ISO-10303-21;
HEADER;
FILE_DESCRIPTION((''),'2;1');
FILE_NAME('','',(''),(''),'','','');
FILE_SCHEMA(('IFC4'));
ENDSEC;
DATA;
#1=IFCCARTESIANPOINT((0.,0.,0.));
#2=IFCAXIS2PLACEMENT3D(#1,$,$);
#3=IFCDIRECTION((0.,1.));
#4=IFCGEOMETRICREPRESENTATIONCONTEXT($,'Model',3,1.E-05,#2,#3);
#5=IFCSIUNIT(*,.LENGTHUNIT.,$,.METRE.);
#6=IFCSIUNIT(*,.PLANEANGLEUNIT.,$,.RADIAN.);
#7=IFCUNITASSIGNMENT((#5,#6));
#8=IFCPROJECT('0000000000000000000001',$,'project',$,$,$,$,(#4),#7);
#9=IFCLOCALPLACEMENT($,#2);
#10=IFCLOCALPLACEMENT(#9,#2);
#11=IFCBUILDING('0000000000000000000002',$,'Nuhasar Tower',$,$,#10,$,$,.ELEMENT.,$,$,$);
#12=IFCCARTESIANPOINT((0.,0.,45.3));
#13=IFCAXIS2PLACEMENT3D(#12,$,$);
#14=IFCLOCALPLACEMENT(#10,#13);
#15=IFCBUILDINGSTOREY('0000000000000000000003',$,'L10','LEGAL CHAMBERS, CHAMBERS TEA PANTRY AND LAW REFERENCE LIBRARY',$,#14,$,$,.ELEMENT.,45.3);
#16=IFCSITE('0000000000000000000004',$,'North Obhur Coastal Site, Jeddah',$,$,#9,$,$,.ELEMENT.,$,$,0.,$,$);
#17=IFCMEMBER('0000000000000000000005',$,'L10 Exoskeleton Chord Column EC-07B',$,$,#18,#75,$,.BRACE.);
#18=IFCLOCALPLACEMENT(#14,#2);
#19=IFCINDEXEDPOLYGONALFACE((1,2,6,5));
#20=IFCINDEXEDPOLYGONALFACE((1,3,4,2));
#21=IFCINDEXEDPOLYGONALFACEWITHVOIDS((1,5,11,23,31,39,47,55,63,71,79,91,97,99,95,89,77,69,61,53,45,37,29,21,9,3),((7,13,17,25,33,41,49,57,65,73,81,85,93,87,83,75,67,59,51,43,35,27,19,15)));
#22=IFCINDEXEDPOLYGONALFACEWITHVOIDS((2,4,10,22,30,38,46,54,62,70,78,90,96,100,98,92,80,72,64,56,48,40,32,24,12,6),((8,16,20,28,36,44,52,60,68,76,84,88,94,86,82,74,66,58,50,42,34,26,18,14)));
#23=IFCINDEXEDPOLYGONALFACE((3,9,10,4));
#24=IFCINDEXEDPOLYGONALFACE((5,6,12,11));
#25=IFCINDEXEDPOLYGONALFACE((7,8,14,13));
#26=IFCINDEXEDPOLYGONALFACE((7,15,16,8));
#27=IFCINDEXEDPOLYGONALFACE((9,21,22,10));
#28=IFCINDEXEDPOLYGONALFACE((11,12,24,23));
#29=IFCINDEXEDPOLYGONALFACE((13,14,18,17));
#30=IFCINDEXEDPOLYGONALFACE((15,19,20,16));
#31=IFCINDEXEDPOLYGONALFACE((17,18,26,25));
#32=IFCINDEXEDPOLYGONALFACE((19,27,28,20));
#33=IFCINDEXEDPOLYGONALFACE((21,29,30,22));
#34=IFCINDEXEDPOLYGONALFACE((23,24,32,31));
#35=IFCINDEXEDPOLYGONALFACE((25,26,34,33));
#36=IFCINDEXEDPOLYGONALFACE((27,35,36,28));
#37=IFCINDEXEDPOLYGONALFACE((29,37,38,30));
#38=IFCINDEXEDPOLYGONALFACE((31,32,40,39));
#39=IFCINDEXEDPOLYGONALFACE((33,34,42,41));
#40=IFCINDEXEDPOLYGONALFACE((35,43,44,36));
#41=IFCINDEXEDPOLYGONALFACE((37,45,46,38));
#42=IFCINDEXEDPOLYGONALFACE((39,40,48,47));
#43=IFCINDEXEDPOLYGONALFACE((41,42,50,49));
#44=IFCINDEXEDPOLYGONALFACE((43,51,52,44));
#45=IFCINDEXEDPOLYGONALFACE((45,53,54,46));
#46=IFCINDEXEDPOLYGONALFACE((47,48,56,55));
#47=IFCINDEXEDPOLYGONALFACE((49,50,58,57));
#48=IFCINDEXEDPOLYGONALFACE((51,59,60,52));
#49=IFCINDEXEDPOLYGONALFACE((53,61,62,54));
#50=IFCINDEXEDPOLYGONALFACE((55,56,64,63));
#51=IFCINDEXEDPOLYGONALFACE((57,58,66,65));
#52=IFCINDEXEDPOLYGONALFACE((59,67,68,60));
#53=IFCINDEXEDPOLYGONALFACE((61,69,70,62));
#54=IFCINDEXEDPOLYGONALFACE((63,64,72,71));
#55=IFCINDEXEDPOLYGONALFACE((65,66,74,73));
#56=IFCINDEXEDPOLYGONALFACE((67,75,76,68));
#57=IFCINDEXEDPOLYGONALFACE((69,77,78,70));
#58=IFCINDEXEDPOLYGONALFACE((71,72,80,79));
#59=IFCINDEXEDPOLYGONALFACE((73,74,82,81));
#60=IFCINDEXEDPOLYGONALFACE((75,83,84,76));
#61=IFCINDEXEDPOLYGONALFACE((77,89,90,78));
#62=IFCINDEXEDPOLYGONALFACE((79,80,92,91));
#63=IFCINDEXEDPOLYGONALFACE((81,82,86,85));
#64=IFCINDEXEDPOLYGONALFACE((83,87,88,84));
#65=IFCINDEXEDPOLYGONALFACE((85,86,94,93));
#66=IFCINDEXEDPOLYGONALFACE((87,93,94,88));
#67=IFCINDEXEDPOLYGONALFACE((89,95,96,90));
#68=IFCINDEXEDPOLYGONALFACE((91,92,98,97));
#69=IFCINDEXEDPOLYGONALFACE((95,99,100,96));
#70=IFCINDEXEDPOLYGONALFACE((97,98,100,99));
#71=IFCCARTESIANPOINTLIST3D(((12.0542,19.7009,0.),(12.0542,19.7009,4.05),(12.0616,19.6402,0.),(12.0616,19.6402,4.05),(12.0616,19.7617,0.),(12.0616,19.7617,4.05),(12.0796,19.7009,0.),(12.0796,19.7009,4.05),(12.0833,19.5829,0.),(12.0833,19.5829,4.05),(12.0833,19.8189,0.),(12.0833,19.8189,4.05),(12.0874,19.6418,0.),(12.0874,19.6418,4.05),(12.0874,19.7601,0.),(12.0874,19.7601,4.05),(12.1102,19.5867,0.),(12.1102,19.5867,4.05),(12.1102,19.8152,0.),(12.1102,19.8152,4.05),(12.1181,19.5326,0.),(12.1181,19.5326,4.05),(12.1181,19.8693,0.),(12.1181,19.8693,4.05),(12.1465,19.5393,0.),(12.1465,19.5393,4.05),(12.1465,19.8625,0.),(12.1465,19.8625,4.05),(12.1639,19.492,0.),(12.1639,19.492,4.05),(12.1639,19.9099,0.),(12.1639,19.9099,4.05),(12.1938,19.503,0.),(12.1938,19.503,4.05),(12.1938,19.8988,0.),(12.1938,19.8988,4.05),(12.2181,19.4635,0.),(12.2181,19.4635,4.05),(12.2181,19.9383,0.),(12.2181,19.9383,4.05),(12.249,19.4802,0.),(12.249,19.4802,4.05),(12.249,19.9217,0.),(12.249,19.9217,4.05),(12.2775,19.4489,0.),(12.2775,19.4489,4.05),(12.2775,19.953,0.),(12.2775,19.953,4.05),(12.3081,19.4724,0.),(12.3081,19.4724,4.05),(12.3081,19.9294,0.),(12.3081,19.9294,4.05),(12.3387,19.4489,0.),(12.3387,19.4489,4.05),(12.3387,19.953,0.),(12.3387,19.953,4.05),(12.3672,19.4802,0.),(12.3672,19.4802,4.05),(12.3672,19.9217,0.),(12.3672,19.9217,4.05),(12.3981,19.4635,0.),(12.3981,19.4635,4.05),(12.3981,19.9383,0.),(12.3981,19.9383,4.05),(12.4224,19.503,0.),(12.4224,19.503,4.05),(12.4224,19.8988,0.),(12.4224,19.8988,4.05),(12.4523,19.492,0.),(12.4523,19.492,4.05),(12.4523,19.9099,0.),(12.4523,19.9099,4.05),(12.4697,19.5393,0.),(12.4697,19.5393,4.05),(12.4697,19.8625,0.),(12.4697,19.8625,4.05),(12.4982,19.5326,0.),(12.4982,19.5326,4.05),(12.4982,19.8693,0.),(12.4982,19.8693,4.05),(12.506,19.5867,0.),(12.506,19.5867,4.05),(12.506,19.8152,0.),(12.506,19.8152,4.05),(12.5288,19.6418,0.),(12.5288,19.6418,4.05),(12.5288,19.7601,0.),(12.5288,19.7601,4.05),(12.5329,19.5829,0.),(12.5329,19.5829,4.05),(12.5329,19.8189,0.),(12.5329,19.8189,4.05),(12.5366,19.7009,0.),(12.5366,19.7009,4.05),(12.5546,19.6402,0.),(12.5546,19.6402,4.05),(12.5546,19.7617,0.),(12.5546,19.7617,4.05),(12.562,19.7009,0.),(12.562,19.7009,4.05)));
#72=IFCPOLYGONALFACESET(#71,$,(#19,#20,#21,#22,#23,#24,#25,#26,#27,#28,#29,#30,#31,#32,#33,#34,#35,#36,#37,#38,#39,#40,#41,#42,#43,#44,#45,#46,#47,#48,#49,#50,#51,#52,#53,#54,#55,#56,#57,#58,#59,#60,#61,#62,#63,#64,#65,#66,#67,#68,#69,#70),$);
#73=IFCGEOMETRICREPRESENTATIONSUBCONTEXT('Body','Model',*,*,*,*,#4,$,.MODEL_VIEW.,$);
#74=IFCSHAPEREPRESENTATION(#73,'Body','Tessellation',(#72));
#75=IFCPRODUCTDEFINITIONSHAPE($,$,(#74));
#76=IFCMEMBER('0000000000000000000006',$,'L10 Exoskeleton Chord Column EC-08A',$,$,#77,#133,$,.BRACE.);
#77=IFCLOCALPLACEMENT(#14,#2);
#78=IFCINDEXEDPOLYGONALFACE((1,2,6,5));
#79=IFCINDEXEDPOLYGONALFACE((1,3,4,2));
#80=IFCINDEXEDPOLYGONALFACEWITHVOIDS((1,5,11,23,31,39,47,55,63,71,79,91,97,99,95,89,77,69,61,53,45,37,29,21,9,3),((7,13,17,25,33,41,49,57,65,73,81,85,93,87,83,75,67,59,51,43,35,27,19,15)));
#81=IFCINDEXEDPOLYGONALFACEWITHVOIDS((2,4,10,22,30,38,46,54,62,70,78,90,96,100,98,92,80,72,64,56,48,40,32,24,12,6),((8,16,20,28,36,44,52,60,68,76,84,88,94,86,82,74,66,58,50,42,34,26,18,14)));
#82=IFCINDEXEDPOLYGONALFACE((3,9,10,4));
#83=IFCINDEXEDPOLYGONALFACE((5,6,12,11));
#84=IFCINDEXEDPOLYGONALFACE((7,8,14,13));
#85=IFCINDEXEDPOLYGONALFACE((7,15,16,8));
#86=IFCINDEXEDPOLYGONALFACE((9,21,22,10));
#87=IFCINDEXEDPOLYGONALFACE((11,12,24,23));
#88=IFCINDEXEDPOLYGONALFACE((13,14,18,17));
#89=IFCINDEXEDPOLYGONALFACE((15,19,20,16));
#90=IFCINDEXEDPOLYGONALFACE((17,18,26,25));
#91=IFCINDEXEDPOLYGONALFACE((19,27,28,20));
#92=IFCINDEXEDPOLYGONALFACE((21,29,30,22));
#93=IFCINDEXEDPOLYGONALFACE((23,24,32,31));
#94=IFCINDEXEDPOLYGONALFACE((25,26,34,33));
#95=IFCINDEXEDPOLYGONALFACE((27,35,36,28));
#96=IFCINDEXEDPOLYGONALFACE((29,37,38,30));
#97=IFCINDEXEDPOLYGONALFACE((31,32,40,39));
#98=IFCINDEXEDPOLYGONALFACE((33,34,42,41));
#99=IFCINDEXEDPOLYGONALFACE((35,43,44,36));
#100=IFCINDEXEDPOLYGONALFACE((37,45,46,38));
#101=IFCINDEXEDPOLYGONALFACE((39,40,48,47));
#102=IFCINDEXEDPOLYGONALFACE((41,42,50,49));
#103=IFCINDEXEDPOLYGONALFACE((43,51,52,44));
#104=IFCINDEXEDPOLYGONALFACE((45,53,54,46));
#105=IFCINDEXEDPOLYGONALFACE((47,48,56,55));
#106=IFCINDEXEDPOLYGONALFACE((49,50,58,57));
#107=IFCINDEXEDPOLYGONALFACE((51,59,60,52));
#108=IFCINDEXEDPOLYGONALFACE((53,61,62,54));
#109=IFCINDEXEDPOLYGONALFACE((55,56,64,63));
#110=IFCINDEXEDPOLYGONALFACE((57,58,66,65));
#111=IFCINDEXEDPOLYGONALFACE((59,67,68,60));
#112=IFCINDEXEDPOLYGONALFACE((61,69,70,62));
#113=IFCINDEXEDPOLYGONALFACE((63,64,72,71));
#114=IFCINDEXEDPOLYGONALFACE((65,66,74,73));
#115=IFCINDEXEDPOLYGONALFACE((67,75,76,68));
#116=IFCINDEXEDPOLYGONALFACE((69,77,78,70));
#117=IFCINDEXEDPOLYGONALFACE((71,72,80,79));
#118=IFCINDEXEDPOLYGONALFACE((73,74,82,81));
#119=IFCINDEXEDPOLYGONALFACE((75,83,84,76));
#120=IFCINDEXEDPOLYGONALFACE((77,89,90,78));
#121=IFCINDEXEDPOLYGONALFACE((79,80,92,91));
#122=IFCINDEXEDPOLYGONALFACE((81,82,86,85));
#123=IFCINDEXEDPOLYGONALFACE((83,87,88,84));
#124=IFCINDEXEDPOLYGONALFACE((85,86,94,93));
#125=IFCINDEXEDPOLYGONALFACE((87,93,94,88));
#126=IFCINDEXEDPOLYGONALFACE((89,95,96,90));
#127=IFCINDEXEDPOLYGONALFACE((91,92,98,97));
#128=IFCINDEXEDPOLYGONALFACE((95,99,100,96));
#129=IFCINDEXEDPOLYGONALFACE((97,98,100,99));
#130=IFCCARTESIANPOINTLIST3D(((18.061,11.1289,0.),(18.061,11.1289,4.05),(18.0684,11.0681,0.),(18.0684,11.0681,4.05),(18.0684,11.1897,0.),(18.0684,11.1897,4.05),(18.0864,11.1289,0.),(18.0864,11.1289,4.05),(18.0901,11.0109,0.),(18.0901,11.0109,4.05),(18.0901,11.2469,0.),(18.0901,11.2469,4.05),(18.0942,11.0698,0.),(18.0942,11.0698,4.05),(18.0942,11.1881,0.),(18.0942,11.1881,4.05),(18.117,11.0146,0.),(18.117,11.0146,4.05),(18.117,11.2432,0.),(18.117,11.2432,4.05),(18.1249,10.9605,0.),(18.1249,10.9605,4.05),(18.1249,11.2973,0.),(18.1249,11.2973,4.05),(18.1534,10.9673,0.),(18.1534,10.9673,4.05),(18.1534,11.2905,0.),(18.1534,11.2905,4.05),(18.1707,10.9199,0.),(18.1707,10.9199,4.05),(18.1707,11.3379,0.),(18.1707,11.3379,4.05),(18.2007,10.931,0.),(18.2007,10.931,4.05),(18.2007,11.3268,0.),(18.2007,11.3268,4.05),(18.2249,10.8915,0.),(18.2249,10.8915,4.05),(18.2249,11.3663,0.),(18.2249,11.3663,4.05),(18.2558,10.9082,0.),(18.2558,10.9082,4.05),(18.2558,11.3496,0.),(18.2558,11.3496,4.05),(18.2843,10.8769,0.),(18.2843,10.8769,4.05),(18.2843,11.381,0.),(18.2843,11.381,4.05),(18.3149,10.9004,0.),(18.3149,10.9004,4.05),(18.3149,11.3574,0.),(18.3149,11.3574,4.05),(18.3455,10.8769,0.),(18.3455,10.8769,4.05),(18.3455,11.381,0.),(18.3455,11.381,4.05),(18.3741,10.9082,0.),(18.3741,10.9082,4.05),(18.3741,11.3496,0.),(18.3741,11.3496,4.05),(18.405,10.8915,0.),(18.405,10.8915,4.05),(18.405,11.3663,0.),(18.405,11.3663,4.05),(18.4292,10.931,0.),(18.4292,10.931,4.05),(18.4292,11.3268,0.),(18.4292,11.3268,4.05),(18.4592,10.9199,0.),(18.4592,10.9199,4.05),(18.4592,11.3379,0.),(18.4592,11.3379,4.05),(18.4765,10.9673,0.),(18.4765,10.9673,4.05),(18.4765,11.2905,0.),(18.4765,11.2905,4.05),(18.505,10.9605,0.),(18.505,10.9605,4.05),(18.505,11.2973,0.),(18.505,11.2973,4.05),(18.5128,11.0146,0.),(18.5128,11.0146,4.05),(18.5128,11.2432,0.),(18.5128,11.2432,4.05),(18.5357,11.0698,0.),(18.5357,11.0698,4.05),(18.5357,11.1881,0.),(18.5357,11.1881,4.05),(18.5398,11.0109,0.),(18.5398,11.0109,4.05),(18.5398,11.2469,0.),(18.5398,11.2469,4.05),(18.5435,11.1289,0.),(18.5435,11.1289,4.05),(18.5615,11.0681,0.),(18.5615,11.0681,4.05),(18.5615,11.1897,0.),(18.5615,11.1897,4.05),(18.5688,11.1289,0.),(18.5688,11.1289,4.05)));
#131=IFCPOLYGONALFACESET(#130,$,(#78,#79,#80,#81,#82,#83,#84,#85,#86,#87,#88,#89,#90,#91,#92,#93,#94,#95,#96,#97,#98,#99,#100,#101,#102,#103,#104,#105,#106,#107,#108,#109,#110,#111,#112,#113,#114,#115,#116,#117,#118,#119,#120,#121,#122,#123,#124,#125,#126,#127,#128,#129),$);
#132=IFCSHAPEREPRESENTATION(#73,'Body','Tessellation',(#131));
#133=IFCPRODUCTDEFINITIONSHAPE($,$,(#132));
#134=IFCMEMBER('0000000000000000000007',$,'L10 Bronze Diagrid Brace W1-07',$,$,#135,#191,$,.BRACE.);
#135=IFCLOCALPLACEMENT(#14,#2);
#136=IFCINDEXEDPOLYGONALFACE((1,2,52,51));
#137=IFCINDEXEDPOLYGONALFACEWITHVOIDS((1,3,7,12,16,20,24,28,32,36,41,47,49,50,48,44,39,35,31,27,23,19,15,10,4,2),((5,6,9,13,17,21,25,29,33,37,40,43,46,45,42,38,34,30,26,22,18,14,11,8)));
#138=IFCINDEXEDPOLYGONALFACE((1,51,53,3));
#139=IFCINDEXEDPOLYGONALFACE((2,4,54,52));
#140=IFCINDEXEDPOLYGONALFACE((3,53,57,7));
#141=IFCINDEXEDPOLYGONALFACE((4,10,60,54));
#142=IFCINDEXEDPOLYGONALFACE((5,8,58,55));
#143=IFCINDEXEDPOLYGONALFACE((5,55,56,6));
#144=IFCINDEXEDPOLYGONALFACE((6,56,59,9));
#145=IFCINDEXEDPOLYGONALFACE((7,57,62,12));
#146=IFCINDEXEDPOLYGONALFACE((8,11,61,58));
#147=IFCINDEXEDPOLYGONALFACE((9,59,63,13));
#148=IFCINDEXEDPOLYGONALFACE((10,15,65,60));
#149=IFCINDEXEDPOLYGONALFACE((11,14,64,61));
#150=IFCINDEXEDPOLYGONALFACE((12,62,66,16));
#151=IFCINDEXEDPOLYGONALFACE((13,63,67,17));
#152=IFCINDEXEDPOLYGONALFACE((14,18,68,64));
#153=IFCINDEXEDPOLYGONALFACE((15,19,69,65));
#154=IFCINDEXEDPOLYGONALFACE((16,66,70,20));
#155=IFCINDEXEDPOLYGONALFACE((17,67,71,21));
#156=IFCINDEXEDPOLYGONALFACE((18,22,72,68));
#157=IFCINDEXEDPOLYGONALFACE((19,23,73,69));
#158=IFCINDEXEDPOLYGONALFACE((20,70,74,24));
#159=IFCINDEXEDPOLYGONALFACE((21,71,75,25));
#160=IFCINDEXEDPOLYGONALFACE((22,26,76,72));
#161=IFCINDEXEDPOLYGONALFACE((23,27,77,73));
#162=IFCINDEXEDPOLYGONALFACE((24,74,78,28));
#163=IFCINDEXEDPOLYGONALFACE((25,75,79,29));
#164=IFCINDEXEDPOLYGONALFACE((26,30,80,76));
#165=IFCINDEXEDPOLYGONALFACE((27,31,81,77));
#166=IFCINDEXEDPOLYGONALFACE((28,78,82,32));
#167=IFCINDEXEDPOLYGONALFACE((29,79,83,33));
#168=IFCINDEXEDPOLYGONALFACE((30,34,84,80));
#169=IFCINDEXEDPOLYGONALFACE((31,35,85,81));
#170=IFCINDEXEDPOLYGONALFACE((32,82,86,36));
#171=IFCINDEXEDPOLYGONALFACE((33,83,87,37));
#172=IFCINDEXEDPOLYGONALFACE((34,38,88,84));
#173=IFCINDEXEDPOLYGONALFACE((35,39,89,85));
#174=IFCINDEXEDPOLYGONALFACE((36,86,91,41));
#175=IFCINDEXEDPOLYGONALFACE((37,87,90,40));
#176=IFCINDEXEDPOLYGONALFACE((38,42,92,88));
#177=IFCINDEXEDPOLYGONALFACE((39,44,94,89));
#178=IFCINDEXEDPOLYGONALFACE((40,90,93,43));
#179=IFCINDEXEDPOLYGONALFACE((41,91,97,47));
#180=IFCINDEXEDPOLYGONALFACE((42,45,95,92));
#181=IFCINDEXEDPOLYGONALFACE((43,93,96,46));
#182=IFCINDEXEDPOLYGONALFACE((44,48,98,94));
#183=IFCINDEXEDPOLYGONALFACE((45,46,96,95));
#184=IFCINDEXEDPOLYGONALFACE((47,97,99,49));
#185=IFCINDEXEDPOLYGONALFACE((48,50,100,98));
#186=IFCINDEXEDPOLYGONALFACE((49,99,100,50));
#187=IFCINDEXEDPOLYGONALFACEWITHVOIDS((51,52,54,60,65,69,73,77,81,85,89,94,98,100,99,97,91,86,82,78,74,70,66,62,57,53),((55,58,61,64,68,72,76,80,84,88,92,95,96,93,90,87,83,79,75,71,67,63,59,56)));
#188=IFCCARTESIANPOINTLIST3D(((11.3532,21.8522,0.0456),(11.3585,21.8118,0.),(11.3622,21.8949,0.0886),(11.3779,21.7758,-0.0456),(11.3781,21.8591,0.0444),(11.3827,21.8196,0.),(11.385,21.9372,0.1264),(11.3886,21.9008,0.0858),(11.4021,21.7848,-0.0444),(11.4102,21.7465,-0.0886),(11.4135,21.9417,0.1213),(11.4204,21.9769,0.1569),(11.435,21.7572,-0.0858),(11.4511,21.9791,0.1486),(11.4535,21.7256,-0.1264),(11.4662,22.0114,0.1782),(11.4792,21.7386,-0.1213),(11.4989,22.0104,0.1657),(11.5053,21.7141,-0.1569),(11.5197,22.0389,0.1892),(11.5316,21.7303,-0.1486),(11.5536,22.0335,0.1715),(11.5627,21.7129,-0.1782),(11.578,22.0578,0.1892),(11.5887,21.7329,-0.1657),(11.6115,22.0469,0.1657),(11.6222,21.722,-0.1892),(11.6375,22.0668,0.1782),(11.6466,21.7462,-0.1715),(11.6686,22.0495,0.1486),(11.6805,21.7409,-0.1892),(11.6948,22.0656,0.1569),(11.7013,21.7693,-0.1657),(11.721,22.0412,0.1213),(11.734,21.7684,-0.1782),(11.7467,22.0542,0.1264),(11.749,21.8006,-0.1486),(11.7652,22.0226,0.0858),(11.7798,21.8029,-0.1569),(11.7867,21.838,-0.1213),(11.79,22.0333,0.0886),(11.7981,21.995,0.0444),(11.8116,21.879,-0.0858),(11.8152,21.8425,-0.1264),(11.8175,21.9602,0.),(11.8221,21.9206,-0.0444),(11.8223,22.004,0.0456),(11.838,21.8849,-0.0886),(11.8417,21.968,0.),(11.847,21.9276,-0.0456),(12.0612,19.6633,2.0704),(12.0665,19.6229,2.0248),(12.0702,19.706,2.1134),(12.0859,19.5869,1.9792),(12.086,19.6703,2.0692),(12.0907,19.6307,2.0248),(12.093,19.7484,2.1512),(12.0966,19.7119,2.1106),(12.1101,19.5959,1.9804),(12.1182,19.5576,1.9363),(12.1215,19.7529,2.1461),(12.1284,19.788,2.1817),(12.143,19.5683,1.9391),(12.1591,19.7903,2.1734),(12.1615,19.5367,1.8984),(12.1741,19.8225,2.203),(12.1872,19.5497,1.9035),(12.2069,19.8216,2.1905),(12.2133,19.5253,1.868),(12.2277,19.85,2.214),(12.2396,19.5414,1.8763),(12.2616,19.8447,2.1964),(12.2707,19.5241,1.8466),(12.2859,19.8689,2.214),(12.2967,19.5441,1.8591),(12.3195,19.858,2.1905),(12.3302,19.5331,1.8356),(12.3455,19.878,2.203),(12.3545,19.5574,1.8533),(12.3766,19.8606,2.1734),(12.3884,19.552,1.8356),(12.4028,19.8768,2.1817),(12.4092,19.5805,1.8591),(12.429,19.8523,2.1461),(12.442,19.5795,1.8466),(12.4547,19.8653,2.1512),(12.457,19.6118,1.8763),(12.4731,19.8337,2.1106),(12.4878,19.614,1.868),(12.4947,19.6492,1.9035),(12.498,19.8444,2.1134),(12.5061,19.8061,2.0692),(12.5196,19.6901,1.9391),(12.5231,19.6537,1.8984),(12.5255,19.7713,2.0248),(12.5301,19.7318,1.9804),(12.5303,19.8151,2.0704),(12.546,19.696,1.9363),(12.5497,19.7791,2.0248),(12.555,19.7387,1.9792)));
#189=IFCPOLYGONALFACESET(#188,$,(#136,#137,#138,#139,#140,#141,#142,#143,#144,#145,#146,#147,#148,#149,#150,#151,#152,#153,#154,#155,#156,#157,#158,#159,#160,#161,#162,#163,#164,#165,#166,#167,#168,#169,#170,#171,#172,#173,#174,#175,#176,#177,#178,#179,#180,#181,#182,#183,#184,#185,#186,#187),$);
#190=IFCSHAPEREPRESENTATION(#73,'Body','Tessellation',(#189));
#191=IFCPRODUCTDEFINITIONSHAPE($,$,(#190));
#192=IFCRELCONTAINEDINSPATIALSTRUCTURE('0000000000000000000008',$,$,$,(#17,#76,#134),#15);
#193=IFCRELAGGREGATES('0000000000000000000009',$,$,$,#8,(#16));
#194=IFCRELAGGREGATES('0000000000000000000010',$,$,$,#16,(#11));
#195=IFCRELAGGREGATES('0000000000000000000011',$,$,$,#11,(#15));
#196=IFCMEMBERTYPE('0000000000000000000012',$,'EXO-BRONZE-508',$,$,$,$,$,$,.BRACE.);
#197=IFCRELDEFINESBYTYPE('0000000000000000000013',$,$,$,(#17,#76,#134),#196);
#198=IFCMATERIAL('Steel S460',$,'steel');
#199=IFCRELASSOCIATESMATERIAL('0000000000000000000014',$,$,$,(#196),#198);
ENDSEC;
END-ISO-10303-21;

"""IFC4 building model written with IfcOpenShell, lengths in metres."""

from ifc_helpers import new_model, si_unit, direction, frame, origin, origin_2d, place, context, subcontext, project, spatial, hollow_circle, extrude, material, material_profile, profile_set, type_object, element, save


model = new_model("IFC4")

# Units and contexts
model_context = context("Model", 3, precision=1e-05, world=origin(), true_north=direction((0.0, 1.0)))
body_context = subcontext(model_context, "Body", "Model", "MODEL_VIEW")
ifc_project = project(units=[si_unit("LENGTHUNIT", "METRE"), si_unit("PLANEANGLEUNIT", "RADIAN")], contexts=[model_context])

# Site, building, storey
site_placement = place(None, origin())
site = spatial("IfcSite", under=ifc_project, at=site_placement, Name="North Obhur Coastal Site, Jeddah", CompositionType="ELEMENT", RefElevation=0.0)
building_placement = place(site_placement, origin())
building = spatial("IfcBuilding", under=site, at=building_placement, Name="Nuhasar Tower", CompositionType="ELEMENT")
storey_placement = place(building_placement, frame((0.0, 0.0, 45.3)))
storey = spatial("IfcBuildingStorey", under=building, at=storey_placement, Name="L10", Description="LEGAL CHAMBERS, CHAMBERS TEA PANTRY AND LAW REFERENCE LIBRARY", CompositionType="ELEMENT", Elevation=45.3)

# Members
ifc_material_1 = material(Name="Steel S460", Category="steel")
ifc_material_profile_1 = material_profile(ifc_material_1, hollow_circle(Radius=0.2539, WallThickness=0.0254, at=origin_2d()), Name="HSS508X25.4")
ifc_profile_set_1 = profile_set([ifc_material_profile_1], Name="Steel S460")
member_type_1 = type_object("IfcMemberType", Name="EXO-BRONZE-508", PredefinedType="BRACE", material=ifc_profile_set_1)
for number, where, z_axis, x_axis, name in (
    (1, (12.3081, 19.7009, 0.0), (0.0, 0.0, 1.0), (1.0, 0.0, 0.0), "L10 Exoskeleton Chord Column EC-07B"),
    (2, (18.3149, 11.1289, 0.0), (0.0, 0.0, 1.0), (1.0, 0.0, 0.0), "L10 Exoskeleton Chord Column EC-08A"),
):
    element("IfcMember", number, at=place(storey_placement, frame(where, z_axis=z_axis, x_axis=x_axis)), inside=storey, type_object=member_type_1, Name=name, PredefinedType="BRACE", context=body_context, shape_type="SweptSolid", body=[
        extrude(hollow_circle(Radius=0.2539, WallThickness=0.0254, at=origin_2d()), origin(), (0.0, 0.0, 1.0), 4.05),
    ])
member_1_placement = place(storey_placement, frame((11.6001, 21.8899, 0.0), z_axis=(0.231012, -0.714225, 0.660694), x_axis=(0.951468, 0.307747, 0.0)))
element("IfcMember", 3, at=member_1_placement, inside=storey, type_object=member_type_1, Name="L10 Bronze Diagrid Brace W1-07", PredefinedType="BRACE", context=body_context, shape_type="SweptSolid", body=[
    extrude(hollow_circle(Radius=0.2539, WallThickness=0.0254, at=origin_2d()), origin(), (0.0, 0.0, 1.0), 3.0647),
])

save(model, "model.ifc")
